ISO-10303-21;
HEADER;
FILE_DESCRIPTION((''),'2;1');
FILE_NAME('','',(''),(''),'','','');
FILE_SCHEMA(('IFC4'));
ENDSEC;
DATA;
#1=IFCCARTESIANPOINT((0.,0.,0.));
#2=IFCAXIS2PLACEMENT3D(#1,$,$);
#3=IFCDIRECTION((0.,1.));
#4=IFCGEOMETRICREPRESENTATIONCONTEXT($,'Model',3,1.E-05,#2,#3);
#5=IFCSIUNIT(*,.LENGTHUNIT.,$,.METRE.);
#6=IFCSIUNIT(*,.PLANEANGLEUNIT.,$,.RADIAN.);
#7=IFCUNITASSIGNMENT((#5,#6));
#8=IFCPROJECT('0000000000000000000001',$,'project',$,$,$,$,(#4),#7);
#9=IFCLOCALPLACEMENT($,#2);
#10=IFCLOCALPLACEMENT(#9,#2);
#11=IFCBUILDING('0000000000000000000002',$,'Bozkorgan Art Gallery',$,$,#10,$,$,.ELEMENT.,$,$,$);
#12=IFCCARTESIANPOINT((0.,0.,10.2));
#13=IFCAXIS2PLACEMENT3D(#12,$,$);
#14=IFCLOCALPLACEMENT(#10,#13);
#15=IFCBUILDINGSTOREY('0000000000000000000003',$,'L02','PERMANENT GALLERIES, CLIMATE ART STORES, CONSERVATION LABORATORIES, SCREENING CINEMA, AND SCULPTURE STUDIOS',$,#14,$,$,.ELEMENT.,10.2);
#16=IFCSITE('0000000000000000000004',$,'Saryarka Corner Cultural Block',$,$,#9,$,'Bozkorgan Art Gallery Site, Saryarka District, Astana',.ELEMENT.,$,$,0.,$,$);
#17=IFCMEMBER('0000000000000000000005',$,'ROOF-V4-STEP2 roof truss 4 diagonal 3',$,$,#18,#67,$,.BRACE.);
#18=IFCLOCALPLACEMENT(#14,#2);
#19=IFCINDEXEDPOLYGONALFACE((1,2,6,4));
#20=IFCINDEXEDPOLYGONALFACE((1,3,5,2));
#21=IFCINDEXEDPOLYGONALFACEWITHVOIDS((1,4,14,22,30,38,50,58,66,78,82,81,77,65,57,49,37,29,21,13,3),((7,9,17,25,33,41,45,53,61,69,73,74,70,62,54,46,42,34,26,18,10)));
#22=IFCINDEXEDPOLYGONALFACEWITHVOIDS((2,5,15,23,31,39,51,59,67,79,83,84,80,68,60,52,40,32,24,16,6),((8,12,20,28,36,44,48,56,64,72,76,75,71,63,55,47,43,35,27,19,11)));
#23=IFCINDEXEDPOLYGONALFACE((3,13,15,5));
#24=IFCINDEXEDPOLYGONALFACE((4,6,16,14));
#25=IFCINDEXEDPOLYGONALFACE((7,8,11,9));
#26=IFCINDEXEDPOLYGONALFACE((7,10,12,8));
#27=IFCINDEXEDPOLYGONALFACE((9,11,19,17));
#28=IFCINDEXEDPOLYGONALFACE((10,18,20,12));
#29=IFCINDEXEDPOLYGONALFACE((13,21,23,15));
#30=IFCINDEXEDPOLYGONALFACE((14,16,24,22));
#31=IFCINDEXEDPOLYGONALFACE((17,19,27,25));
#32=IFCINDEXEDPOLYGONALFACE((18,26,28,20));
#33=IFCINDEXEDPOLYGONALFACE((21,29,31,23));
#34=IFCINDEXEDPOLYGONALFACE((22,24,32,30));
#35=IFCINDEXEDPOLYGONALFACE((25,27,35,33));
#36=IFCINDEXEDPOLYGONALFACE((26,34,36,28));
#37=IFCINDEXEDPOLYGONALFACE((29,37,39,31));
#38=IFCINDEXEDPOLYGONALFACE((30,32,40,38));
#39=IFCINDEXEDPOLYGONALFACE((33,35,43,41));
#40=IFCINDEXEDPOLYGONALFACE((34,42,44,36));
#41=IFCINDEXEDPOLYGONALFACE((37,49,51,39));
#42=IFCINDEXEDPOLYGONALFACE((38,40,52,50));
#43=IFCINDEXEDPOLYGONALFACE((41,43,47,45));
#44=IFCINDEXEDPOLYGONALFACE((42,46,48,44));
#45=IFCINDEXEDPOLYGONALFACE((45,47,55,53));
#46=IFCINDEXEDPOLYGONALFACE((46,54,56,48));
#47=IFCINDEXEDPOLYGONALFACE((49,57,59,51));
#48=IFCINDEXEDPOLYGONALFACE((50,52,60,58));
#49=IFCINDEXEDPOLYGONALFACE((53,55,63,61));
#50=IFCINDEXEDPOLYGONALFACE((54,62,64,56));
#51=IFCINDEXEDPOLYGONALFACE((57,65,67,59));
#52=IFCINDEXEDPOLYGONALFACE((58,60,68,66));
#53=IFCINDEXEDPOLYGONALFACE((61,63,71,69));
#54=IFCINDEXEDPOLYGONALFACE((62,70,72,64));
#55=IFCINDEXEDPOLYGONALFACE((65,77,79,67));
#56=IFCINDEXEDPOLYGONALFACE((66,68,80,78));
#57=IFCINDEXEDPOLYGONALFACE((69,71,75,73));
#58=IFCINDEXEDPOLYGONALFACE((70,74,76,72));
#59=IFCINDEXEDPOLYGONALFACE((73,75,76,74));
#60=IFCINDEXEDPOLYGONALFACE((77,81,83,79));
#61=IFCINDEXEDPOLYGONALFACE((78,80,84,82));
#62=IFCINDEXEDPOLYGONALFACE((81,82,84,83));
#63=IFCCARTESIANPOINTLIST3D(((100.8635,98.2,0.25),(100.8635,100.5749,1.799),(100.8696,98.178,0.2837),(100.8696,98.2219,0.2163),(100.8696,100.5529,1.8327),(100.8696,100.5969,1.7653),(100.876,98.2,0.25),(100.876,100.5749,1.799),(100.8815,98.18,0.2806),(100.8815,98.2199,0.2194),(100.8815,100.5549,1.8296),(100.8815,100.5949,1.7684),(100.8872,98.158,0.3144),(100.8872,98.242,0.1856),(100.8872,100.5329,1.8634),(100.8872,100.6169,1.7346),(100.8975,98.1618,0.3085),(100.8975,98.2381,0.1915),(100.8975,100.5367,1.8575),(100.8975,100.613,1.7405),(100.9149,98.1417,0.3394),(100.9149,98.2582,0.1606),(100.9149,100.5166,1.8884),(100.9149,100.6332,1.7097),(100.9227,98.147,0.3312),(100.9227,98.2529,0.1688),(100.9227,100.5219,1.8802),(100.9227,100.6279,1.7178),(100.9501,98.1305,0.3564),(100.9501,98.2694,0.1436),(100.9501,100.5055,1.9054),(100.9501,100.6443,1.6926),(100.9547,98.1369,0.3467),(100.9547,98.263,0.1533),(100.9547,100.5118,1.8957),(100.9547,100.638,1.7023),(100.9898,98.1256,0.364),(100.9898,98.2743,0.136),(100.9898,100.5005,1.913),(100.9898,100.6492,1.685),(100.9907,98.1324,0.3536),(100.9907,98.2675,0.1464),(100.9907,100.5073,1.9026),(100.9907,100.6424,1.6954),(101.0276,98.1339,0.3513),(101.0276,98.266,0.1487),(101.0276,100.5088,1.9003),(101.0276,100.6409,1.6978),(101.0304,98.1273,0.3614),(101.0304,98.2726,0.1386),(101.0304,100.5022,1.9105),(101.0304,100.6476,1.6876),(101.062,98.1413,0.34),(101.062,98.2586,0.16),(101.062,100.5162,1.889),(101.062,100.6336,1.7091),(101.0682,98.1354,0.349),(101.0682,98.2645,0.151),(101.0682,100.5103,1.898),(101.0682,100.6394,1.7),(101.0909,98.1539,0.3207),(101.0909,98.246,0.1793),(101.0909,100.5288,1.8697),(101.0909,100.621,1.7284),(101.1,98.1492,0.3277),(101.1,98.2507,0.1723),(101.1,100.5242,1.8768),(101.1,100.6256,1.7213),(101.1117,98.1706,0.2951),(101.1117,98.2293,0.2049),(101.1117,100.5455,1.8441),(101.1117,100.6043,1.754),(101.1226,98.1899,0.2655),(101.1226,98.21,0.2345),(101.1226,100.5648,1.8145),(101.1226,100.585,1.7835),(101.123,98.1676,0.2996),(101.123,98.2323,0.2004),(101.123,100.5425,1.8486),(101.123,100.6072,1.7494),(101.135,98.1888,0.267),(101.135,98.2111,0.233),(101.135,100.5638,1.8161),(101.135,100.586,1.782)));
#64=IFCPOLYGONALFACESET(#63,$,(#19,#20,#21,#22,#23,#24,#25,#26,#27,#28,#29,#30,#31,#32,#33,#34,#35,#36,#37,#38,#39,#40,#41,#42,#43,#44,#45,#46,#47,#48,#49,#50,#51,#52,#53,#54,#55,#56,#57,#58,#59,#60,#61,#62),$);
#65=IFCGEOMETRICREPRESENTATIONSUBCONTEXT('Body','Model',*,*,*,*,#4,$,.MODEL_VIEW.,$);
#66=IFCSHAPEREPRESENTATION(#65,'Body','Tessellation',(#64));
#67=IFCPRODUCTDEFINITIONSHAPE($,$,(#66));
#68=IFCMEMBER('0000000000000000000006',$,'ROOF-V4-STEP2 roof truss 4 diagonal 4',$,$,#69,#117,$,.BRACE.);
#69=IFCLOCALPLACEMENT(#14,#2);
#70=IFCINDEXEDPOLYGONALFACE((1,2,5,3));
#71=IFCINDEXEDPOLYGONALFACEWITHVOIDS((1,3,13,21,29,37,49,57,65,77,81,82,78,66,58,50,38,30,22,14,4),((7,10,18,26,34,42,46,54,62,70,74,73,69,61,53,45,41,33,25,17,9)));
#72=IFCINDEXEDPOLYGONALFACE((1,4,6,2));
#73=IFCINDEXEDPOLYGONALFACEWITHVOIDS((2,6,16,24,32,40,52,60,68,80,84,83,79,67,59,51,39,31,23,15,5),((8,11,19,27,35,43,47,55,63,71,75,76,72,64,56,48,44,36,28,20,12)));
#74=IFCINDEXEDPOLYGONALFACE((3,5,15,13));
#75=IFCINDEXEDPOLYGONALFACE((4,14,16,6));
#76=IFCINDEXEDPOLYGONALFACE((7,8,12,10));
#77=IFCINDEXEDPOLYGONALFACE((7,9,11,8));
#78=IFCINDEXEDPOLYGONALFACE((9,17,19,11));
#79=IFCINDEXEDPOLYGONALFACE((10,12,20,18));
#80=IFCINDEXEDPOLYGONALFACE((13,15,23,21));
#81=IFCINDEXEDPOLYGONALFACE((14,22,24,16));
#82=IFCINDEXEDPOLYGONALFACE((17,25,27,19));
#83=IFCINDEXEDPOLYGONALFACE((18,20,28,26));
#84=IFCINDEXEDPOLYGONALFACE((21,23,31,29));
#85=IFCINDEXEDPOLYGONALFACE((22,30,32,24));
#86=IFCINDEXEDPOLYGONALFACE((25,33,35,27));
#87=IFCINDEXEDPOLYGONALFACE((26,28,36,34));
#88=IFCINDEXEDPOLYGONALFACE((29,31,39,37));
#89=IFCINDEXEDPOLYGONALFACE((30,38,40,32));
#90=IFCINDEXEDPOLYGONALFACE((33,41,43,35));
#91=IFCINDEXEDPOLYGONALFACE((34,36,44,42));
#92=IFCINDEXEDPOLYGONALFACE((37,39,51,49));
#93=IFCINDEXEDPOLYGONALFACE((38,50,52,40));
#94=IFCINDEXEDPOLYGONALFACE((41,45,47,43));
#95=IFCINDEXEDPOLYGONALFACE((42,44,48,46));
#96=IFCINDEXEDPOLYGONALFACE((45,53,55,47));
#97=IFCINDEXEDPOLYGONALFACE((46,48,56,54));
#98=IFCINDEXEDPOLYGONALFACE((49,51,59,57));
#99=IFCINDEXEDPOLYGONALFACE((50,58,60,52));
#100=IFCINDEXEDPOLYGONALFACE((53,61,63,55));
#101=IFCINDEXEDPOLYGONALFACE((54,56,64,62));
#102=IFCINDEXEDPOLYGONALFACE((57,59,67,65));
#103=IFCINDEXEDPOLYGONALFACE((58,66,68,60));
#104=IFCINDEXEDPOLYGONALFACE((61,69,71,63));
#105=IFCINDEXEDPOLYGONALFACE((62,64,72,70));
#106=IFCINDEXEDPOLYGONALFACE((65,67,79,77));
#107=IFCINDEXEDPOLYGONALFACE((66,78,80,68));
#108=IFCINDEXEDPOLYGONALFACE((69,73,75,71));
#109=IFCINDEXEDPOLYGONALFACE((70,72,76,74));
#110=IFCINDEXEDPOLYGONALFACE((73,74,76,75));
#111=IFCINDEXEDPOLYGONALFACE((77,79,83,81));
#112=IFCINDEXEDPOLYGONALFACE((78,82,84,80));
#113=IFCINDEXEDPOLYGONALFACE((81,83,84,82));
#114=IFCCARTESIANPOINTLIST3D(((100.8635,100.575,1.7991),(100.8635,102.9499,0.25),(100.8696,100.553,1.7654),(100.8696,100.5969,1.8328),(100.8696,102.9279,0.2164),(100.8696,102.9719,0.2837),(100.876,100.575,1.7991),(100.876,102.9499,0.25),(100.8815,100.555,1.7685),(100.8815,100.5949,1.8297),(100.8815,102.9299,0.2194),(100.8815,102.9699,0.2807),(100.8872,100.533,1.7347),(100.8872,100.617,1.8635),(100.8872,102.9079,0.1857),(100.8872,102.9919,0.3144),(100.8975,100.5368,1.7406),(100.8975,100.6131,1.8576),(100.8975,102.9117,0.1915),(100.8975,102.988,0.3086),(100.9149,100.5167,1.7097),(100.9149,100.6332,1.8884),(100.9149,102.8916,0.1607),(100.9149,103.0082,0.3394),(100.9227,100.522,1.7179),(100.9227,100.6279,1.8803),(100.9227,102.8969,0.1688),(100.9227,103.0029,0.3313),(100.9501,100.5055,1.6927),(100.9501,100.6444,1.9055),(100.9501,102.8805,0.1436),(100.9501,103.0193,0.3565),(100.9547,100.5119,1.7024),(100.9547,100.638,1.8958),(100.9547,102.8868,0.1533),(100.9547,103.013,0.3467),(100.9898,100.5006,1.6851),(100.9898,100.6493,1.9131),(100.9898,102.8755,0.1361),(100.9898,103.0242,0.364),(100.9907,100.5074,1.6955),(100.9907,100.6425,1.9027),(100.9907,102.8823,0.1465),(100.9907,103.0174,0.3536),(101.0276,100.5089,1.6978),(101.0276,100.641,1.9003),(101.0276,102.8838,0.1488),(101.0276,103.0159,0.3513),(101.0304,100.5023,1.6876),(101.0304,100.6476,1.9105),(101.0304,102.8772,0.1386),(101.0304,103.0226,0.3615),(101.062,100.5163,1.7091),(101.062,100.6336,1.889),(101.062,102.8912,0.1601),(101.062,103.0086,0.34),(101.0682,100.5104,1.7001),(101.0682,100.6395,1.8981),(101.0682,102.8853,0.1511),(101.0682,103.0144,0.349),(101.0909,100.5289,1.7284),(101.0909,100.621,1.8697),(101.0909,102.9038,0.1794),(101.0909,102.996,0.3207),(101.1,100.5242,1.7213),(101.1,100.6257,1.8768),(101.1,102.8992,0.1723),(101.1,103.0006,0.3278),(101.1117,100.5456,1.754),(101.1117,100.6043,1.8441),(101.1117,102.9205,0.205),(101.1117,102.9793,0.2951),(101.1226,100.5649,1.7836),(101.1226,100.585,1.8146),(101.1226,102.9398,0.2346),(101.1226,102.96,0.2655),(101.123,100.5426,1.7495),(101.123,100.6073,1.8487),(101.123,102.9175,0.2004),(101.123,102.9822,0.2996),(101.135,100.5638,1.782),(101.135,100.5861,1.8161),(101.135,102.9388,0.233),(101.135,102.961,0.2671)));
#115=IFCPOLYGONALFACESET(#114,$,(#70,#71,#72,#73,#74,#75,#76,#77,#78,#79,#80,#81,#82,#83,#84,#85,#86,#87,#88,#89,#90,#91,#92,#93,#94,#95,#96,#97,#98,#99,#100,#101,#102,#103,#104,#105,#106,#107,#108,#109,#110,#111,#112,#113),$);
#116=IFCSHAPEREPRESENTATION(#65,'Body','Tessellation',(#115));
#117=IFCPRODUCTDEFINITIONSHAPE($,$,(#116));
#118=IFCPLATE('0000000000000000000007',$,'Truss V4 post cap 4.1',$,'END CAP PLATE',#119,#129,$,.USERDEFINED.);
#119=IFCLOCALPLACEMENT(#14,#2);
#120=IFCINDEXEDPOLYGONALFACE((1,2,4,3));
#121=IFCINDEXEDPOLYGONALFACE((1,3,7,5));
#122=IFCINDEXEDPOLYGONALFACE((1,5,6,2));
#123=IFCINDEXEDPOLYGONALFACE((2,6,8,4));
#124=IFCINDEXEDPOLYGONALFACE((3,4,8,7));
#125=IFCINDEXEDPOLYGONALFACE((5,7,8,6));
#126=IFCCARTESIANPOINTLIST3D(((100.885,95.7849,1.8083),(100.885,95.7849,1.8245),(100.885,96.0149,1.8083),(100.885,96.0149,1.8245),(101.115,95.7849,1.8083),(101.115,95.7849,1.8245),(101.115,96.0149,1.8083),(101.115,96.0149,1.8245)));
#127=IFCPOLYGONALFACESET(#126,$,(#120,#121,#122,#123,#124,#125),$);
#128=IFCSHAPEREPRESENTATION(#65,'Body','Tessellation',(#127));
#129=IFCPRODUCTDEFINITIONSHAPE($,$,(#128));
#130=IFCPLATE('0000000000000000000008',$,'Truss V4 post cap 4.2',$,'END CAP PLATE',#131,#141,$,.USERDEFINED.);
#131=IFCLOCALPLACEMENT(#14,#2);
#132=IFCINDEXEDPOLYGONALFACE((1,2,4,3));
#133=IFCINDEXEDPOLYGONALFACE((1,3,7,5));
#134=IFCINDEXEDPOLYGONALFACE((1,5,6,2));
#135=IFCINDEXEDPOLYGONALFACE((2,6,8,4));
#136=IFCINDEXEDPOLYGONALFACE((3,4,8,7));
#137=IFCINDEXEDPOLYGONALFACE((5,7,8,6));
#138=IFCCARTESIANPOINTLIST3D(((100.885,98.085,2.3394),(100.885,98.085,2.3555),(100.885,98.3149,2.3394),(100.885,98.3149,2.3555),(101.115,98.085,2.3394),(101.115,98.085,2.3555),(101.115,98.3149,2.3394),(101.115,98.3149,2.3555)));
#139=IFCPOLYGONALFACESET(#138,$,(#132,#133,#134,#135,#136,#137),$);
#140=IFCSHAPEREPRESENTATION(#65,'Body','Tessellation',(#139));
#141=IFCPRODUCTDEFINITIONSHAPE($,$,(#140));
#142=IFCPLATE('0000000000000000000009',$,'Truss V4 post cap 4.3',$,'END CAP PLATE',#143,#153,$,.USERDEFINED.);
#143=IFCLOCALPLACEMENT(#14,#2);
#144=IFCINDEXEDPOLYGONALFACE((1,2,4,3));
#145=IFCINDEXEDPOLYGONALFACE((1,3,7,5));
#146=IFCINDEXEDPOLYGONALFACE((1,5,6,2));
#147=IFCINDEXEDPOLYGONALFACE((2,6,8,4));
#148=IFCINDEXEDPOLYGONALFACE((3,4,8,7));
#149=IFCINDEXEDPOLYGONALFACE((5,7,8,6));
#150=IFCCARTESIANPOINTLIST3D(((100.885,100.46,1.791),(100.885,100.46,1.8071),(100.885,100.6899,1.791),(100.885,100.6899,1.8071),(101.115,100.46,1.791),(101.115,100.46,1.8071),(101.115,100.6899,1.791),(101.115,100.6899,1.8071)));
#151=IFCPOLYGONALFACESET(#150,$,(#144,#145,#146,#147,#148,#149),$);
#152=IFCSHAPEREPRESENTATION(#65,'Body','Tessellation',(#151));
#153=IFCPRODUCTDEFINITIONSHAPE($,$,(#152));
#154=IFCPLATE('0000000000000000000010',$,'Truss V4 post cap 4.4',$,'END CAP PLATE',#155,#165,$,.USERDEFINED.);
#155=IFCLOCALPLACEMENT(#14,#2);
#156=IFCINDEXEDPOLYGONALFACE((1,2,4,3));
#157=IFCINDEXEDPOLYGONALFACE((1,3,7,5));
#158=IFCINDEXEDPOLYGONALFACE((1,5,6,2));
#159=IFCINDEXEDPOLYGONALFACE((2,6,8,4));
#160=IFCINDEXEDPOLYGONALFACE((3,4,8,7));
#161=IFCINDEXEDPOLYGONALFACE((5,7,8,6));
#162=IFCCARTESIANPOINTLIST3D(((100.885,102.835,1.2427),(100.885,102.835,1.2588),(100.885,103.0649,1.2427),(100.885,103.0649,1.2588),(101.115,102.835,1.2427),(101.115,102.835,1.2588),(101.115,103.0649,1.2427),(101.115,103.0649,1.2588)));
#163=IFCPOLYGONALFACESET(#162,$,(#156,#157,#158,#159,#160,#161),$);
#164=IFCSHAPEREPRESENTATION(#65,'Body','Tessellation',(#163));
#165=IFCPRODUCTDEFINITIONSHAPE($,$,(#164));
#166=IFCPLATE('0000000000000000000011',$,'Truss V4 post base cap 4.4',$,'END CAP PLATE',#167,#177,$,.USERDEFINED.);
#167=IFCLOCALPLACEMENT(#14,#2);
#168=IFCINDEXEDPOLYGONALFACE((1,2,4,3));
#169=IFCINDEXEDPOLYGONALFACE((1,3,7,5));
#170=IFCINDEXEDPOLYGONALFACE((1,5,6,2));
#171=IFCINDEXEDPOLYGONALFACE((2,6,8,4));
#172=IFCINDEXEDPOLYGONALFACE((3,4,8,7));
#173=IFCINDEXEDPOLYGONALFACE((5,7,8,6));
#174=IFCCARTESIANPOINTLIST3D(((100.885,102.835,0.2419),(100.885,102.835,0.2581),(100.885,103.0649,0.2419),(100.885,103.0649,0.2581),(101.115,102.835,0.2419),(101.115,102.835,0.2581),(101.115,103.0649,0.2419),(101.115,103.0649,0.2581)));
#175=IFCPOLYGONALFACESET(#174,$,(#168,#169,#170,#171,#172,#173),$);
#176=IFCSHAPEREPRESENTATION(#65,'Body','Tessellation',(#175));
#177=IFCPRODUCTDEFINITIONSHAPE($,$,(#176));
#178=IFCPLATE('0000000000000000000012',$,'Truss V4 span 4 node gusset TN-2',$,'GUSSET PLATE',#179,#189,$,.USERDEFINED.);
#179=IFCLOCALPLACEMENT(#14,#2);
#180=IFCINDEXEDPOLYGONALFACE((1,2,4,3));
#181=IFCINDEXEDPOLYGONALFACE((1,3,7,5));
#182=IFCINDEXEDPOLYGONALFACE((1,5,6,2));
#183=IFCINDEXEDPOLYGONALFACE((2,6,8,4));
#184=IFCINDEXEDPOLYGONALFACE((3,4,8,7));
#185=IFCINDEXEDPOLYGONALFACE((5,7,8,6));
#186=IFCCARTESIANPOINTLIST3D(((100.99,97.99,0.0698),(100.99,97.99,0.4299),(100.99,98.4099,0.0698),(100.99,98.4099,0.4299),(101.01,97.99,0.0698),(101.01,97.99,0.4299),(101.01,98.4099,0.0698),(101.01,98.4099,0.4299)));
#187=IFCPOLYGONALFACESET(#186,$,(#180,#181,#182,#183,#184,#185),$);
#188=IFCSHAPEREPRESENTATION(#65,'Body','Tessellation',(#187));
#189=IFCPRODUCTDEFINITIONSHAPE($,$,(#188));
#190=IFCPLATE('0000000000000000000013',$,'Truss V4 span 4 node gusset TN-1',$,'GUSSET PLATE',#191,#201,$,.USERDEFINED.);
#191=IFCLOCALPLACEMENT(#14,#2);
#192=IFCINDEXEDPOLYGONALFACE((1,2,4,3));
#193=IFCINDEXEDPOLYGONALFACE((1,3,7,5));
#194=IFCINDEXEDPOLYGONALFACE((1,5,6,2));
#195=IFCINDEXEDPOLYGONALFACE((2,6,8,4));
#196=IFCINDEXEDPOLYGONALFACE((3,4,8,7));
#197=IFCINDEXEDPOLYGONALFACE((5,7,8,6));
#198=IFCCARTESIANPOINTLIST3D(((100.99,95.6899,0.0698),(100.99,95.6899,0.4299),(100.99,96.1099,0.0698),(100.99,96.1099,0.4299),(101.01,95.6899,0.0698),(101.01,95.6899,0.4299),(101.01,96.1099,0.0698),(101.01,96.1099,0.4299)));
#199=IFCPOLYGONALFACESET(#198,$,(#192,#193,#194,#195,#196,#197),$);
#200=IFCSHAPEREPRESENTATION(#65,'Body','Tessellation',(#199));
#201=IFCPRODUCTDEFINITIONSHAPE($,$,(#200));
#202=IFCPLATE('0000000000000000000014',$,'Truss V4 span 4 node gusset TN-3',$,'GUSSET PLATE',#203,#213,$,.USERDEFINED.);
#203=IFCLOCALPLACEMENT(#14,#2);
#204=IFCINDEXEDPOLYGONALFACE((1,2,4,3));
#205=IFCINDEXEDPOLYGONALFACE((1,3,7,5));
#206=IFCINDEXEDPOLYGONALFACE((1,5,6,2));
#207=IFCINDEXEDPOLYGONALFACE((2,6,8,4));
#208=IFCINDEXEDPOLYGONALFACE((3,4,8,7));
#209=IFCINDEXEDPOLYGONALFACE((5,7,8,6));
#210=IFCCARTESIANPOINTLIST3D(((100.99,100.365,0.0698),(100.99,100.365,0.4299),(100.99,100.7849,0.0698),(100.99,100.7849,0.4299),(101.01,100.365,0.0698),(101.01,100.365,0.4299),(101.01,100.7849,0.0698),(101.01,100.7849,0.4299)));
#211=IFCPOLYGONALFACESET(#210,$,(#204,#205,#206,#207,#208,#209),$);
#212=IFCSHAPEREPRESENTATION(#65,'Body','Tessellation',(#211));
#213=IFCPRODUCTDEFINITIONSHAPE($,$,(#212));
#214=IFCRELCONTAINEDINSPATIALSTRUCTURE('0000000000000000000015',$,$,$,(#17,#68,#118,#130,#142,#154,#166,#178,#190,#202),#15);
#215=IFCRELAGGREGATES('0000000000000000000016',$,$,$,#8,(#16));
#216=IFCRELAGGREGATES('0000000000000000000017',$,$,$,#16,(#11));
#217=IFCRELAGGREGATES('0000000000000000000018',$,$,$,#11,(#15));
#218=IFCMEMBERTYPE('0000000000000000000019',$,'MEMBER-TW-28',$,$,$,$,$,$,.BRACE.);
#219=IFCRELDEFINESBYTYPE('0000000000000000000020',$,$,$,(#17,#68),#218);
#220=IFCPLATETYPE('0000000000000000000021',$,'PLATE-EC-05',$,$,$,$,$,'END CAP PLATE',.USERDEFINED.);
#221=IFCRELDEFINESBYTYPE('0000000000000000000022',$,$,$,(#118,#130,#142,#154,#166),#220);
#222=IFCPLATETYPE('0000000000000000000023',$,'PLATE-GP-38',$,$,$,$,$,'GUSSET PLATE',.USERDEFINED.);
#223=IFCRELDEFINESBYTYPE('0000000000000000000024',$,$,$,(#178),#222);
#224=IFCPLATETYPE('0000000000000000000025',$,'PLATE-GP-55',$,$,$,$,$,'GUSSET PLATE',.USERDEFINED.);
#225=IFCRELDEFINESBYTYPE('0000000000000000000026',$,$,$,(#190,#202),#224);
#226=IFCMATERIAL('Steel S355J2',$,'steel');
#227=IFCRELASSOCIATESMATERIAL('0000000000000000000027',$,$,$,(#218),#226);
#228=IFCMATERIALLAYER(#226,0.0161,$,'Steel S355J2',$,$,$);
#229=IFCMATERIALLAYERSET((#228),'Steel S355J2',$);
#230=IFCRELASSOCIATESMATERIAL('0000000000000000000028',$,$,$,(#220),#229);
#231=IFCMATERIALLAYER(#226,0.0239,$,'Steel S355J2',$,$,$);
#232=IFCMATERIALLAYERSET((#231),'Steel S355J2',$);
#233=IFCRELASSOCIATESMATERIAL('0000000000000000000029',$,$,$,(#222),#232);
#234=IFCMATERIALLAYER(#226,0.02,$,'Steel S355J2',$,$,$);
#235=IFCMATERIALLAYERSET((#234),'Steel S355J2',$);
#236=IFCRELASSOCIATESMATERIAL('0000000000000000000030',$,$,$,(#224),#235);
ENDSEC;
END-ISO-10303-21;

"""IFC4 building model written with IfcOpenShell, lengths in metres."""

from ifc_helpers import new_model, si_unit, direction, frame, origin, origin_2d, place, context, subcontext, project, spatial, rectangle, hollow_circle, extrude, material, layer, layer_set, material_profile, profile_set, type_object, element, save


model = new_model("IFC4")

# Units and contexts
model_context = context("Model", 3, precision=1e-05, world=origin(), true_north=direction((0.0, 1.0)))
body_context = subcontext(model_context, "Body", "Model", "MODEL_VIEW")
ifc_project = project(units=[si_unit("LENGTHUNIT", "METRE"), si_unit("PLANEANGLEUNIT", "RADIAN")], contexts=[model_context])

# Site, building, storey
site_placement = place(None, origin())
site = spatial("IfcSite", under=ifc_project, at=site_placement, Name="Saryarka Corner Cultural Block", LongName="Bozkorgan Art Gallery Site, Saryarka District, Astana", CompositionType="ELEMENT", RefElevation=0.0)
building_placement = place(site_placement, origin())
building = spatial("IfcBuilding", under=site, at=building_placement, Name="Bozkorgan Art Gallery", CompositionType="ELEMENT")
storey_placement = place(building_placement, frame((0.0, 0.0, 10.2)))
storey = spatial("IfcBuildingStorey", under=building, at=storey_placement, Name="L02", Description="PERMANENT GALLERIES, CLIMATE ART STORES, CONSERVATION LABORATORIES, SCREENING CINEMA, AND SCULPTURE STUDIOS", CompositionType="ELEMENT", Elevation=10.2)

# Members
ifc_material_1 = material(Name="Steel S355J2", Category="steel")
ifc_material_profile_1 = material_profile(ifc_material_1, hollow_circle(Radius=0.1365, WallThickness=0.0125, at=origin_2d()), Name="CHS 273x12.5")
ifc_profile_set_1 = profile_set([ifc_material_profile_1], Name="Steel S355J2")
member_type_1 = type_object("IfcMemberType", Name="MEMBER-TW-28", PredefinedType="BRACE", material=ifc_profile_set_1)
for number, where, z_axis, x_axis, name in (
    (1, (101.0, 98.2, 0.25), (0.0, 0.837585, 0.546307), (-1.0, 0.0, 0.0), "ROOF-V4-STEP2 roof truss 4 diagonal 3"),
    (2, (101.0, 100.575, 1.7991), (0.0, 0.837585, -0.546307), (-1.0, 0.0, 0.0), "ROOF-V4-STEP2 roof truss 4 diagonal 4"),
):
    element("IfcMember", number, at=place(storey_placement, frame(where, z_axis=z_axis, x_axis=x_axis)), inside=storey, type_object=member_type_1, Name=name, PredefinedType="BRACE", context=body_context, shape_type="SweptSolid", body=[
        extrude(hollow_circle(Radius=0.1365, WallThickness=0.0125, at=origin_2d()), origin(), (0.0, 0.0, 1.0), 2.8354),
    ])

# Plates
ifc_layer_1 = layer(ifc_material_1, 0.0161, Name="Steel S355J2")
ifc_layer_set_1 = layer_set([ifc_layer_1], Name="Steel S355J2")
plate_type_1 = type_object("IfcPlateType", Name="PLATE-EC-05", ElementType="END CAP PLATE", PredefinedType="USERDEFINED", material=ifc_layer_set_1)
for number, where, z_axis, x_axis, name in (
    (3, (101.0, 95.8999, 1.8083), (0.0, 0.0, 1.0), (1.0, 0.0, 0.0), "Truss V4 post cap 4.1"),
    (4, (101.0, 98.2, 2.3394), (0.0, 0.0, 1.0), (1.0, 0.0, 0.0), "Truss V4 post cap 4.2"),
    (5, (101.0, 100.575, 1.791), (0.0, 0.0, 1.0), (1.0, 0.0, 0.0), "Truss V4 post cap 4.3"),
    (6, (101.0, 102.95, 1.2427), (0.0, 0.0, 1.0), (1.0, 0.0, 0.0), "Truss V4 post cap 4.4"),
    (7, (101.0, 102.95, 0.2419), (0.0, 0.0, 1.0), (1.0, 0.0, 0.0), "Truss V4 post base cap 4.4"),
):
    element("IfcPlate", number, at=place(storey_placement, frame(where, z_axis=z_axis, x_axis=x_axis)), inside=storey, type_object=plate_type_1, Name=name, ObjectType="END CAP PLATE", PredefinedType="USERDEFINED", context=body_context, shape_type="SweptSolid", body=[
        extrude(rectangle(XDim=0.23, YDim=0.23, at=origin_2d()), origin(), (0.0, 0.0, 1.0), 0.0161),
    ])
ifc_layer_2 = layer(ifc_material_1, 0.0239, Name="Steel S355J2")
ifc_layer_set_2 = layer_set([ifc_layer_2], Name="Steel S355J2")
plate_type_2 = type_object("IfcPlateType", Name="PLATE-GP-38", ElementType="GUSSET PLATE", PredefinedType="USERDEFINED", material=ifc_layer_set_2)
plate_placement = place(storey_placement, frame((101.0, 98.2, 0.0698), z_axis=(0.0, 0.0, 1.0), x_axis=(1.0, 0.0, 0.0)))
element("IfcPlate", 8, at=plate_placement, inside=storey, type_object=plate_type_2, Name="Truss V4 span 4 node gusset TN-2", ObjectType="GUSSET PLATE", PredefinedType="USERDEFINED", context=body_context, shape_type="SweptSolid", body=[
    extrude(rectangle(XDim=0.02, YDim=0.4199, at=origin_2d()), origin(), (0.0, 0.0, 1.0), 0.3601),
])
ifc_layer_3 = layer(ifc_material_1, 0.02, Name="Steel S355J2")
ifc_layer_set_3 = layer_set([ifc_layer_3], Name="Steel S355J2")
plate_type_3 = type_object("IfcPlateType", Name="PLATE-GP-55", ElementType="GUSSET PLATE", PredefinedType="USERDEFINED", material=ifc_layer_set_3)
for number, where, z_axis, x_axis, name in (
    (9, (101.0, 95.8999, 0.0698), (0.0, 0.0, 1.0), (1.0, 0.0, 0.0), "Truss V4 span 4 node gusset TN-1"),
    (10, (101.0, 100.575, 0.0698), (0.0, 0.0, 1.0), (1.0, 0.0, 0.0), "Truss V4 span 4 node gusset TN-3"),
):
    element("IfcPlate", number, at=place(storey_placement, frame(where, z_axis=z_axis, x_axis=x_axis)), inside=storey, type_object=plate_type_3, Name=name, ObjectType="GUSSET PLATE", PredefinedType="USERDEFINED", context=body_context, shape_type="SweptSolid", body=[
        extrude(rectangle(XDim=0.02, YDim=0.4199, at=origin_2d()), origin(), (0.0, 0.0, 1.0), 0.3601),
    ])

save(model, "model.ifc")
